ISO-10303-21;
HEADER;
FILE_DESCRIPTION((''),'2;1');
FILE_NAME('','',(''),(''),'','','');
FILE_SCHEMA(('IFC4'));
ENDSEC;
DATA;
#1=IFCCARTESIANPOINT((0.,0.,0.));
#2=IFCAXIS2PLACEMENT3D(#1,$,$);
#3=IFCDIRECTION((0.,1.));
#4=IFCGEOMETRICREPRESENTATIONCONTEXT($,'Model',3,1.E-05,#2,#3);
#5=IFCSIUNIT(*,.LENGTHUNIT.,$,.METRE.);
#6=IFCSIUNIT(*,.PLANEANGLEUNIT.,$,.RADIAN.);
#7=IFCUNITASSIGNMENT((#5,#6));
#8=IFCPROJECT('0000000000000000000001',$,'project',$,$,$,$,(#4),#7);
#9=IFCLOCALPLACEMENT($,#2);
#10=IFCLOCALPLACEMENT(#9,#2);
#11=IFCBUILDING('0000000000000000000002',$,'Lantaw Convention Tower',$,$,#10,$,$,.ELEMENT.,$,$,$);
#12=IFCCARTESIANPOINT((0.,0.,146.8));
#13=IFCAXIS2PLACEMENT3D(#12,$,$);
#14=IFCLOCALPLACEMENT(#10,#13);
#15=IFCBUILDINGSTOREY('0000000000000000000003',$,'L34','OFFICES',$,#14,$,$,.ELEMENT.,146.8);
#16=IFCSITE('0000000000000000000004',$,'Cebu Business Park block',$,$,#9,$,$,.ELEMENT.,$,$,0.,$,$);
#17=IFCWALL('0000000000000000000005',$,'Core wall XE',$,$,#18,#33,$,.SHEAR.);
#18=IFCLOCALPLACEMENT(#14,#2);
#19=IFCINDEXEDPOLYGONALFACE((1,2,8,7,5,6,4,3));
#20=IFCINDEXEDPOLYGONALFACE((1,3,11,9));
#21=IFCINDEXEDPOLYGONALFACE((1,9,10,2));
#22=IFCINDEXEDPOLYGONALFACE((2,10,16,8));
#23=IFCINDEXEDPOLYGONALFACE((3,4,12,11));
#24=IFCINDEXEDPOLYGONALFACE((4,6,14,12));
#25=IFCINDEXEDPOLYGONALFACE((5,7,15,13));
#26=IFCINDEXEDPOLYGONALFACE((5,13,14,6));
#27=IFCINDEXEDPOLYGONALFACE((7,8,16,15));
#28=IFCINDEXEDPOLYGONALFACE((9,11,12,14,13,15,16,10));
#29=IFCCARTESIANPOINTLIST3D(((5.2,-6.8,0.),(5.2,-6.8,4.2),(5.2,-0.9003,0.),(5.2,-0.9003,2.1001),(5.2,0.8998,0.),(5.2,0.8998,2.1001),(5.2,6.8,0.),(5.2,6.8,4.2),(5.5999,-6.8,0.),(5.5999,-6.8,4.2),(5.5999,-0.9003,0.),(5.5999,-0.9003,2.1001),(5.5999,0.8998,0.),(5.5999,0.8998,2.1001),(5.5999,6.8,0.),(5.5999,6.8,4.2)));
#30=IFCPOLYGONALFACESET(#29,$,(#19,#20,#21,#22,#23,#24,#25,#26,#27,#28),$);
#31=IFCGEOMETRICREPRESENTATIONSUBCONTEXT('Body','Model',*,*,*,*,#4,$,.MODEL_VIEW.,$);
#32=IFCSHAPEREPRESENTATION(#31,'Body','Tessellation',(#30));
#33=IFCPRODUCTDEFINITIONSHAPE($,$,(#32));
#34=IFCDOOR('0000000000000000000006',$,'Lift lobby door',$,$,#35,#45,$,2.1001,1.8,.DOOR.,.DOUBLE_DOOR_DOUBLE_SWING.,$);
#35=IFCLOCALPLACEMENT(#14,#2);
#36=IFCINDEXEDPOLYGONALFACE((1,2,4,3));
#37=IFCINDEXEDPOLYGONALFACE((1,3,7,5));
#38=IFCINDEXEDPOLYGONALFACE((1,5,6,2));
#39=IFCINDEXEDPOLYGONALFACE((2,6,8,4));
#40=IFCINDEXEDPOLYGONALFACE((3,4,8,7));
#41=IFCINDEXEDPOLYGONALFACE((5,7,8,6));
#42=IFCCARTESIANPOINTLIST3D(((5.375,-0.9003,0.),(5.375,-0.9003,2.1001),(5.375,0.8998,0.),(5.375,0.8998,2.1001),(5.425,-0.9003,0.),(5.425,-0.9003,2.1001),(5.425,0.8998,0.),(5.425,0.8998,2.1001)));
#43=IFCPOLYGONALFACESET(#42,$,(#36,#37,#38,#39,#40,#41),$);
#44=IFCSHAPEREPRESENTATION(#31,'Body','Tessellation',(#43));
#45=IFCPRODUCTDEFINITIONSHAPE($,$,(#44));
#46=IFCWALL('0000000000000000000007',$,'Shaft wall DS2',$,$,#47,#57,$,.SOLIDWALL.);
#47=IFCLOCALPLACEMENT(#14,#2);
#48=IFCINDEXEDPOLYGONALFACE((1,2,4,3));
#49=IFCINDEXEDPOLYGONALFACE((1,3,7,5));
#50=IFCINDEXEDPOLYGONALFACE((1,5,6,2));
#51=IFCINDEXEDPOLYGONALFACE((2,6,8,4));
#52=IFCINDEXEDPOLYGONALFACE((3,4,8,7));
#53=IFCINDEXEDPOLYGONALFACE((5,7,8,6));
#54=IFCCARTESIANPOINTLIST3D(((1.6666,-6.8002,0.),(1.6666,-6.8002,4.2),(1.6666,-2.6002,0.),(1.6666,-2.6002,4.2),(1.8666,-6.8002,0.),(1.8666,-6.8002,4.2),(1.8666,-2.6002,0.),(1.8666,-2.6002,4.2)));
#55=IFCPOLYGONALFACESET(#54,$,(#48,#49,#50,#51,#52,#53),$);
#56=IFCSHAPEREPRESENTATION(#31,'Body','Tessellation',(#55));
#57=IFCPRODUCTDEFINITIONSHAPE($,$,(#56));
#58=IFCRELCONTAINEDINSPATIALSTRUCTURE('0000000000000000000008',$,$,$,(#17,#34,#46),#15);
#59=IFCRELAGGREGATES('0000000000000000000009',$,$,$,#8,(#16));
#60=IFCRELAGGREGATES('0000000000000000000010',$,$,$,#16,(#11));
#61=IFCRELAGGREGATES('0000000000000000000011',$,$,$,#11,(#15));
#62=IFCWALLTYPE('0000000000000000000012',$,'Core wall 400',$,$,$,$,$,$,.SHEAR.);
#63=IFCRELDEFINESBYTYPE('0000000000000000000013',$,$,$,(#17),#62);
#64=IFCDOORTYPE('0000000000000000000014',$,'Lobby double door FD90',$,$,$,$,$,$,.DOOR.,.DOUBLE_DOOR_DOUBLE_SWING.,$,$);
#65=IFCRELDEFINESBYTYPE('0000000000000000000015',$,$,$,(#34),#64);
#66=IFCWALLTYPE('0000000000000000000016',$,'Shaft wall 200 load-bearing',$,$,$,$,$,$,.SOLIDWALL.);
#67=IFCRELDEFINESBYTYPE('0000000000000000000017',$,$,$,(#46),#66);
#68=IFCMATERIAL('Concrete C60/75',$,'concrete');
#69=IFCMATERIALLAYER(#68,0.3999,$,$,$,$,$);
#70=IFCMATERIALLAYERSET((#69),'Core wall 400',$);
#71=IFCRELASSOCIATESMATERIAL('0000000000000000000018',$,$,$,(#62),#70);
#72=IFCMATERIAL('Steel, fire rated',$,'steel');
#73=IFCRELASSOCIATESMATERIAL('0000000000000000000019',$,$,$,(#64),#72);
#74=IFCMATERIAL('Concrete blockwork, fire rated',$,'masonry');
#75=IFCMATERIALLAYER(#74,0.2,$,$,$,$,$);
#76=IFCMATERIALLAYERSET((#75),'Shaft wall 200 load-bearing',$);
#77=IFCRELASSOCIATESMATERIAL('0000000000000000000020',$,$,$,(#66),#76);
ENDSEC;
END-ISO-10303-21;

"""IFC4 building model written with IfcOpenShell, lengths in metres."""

from ifc_helpers import new_model, si_unit, direction, frame, frame_2d, origin, place, context, subcontext, project, spatial, rectangle, extrude, material, layer, layer_set, type_object, element, fill, save


model = new_model("IFC4")

# Units and contexts
model_context = context("Model", 3, precision=1e-05, world=origin(), true_north=direction((0.0, 1.0)))
body_context = subcontext(model_context, "Body", "Model", "MODEL_VIEW")
ifc_project = project(units=[si_unit("LENGTHUNIT", "METRE"), si_unit("PLANEANGLEUNIT", "RADIAN")], contexts=[model_context])

# Site, building, storey
site_placement = place(None, origin())
site = spatial("IfcSite", under=ifc_project, at=site_placement, Name="Cebu Business Park block", CompositionType="ELEMENT", RefElevation=0.0)
building_placement = place(site_placement, origin())
building = spatial("IfcBuilding", under=site, at=building_placement, Name="Lantaw Convention Tower", CompositionType="ELEMENT")
storey_placement = place(building_placement, frame((0.0, 0.0, 146.8)))
storey = spatial("IfcBuildingStorey", under=building, at=storey_placement, Name="L34", Description="OFFICES", CompositionType="ELEMENT", Elevation=146.8)

# Wall, opening, door
ifc_material_1 = material(Name="Concrete C60/75", Category="concrete")
ifc_material_2 = material(Name="Steel, fire rated", Category="steel")
ifc_layer_1 = layer(ifc_material_1, 0.3999)
ifc_layer_set_1 = layer_set([ifc_layer_1], Name="Core wall 400")
wall_type_1 = type_object("IfcWallType", Name="Core wall 400", PredefinedType="SHEAR", material=ifc_layer_set_1)
wall_1_placement = place(storey_placement, frame((5.3999, -6.8, 0.0), z_axis=(0.0, 0.0, 1.0), x_axis=(0.0, 1.0, 0.0)))
wall_1 = element("IfcWall", 1, at=wall_1_placement, inside=storey, type_object=wall_type_1, Name="Core wall XE", PredefinedType="SHEAR", context=body_context, shape_type="SweptSolid", body=[
    extrude(rectangle(XDim=13.6001, YDim=0.3999, at=frame_2d((6.8, 0.0))), origin(), (0.0, 0.0, 1.0), 4.2),
])
opening_1_placement = place(wall_1_placement, frame((5.8999, 0.0, 0.0)))
opening_1 = element("IfcOpeningElement", 2, at=opening_1_placement, cuts=wall_1, PredefinedType="OPENING", context=body_context, shape_type="SweptSolid", body=[
    extrude(rectangle(XDim=1.8, YDim=2.1001, at=frame_2d((0.8999, 1.05))), frame((0.0, 0.21, 0.0), z_axis=(0.0, -1.0, 0.0), x_axis=(1.0, 0.0, 0.0)), (0.0, 0.0, 1.0), 0.4199),
])
door_type_1 = type_object("IfcDoorType", Name="Lobby double door FD90", OperationType="DOUBLE_DOOR_DOUBLE_SWING", PredefinedType="DOOR", material=ifc_material_2)
door_1_placement = place(opening_1_placement, origin())
door_1 = element("IfcDoor", 3, at=door_1_placement, inside=storey, type_object=door_type_1, Name="Lift lobby door", OperationType="DOUBLE_DOOR_DOUBLE_SWING", OverallHeight=2.1001, OverallWidth=1.8, PredefinedType="DOOR", context=body_context, shape_type="SweptSolid", body=[
    extrude(rectangle(XDim=1.8, YDim=2.1001, at=frame_2d((0.8999, 1.05))), frame((0.0, 0.0249, 0.0), z_axis=(0.0, -1.0, 0.0), x_axis=(1.0, 0.0, 0.0)), (0.0, 0.0, 1.0), 0.05),
])
fill(opening_1, door_1)

# Wall
ifc_material_3 = material(Name="Concrete blockwork, fire rated", Category="masonry")
ifc_layer_2 = layer(ifc_material_3, 0.2)
ifc_layer_set_2 = layer_set([ifc_layer_2], Name="Shaft wall 200 load-bearing")
wall_type_2 = type_object("IfcWallType", Name="Shaft wall 200 load-bearing", PredefinedType="SOLIDWALL", material=ifc_layer_set_2)
wall_2_placement = place(storey_placement, frame((1.7666, -2.6001, 0.0), z_axis=(0.0, 0.0, 1.0), x_axis=(0.0, -1.0, 0.0)))
element("IfcWall", 4, at=wall_2_placement, inside=storey, type_object=wall_type_2, Name="Shaft wall DS2", PredefinedType="SOLIDWALL", context=body_context, shape_type="SweptSolid", body=[
    extrude(rectangle(XDim=4.2, YDim=0.2, at=frame_2d((2.1001, 0.0))), origin(), (0.0, 0.0, 1.0), 4.2),
])

save(model, "model.ifc")
